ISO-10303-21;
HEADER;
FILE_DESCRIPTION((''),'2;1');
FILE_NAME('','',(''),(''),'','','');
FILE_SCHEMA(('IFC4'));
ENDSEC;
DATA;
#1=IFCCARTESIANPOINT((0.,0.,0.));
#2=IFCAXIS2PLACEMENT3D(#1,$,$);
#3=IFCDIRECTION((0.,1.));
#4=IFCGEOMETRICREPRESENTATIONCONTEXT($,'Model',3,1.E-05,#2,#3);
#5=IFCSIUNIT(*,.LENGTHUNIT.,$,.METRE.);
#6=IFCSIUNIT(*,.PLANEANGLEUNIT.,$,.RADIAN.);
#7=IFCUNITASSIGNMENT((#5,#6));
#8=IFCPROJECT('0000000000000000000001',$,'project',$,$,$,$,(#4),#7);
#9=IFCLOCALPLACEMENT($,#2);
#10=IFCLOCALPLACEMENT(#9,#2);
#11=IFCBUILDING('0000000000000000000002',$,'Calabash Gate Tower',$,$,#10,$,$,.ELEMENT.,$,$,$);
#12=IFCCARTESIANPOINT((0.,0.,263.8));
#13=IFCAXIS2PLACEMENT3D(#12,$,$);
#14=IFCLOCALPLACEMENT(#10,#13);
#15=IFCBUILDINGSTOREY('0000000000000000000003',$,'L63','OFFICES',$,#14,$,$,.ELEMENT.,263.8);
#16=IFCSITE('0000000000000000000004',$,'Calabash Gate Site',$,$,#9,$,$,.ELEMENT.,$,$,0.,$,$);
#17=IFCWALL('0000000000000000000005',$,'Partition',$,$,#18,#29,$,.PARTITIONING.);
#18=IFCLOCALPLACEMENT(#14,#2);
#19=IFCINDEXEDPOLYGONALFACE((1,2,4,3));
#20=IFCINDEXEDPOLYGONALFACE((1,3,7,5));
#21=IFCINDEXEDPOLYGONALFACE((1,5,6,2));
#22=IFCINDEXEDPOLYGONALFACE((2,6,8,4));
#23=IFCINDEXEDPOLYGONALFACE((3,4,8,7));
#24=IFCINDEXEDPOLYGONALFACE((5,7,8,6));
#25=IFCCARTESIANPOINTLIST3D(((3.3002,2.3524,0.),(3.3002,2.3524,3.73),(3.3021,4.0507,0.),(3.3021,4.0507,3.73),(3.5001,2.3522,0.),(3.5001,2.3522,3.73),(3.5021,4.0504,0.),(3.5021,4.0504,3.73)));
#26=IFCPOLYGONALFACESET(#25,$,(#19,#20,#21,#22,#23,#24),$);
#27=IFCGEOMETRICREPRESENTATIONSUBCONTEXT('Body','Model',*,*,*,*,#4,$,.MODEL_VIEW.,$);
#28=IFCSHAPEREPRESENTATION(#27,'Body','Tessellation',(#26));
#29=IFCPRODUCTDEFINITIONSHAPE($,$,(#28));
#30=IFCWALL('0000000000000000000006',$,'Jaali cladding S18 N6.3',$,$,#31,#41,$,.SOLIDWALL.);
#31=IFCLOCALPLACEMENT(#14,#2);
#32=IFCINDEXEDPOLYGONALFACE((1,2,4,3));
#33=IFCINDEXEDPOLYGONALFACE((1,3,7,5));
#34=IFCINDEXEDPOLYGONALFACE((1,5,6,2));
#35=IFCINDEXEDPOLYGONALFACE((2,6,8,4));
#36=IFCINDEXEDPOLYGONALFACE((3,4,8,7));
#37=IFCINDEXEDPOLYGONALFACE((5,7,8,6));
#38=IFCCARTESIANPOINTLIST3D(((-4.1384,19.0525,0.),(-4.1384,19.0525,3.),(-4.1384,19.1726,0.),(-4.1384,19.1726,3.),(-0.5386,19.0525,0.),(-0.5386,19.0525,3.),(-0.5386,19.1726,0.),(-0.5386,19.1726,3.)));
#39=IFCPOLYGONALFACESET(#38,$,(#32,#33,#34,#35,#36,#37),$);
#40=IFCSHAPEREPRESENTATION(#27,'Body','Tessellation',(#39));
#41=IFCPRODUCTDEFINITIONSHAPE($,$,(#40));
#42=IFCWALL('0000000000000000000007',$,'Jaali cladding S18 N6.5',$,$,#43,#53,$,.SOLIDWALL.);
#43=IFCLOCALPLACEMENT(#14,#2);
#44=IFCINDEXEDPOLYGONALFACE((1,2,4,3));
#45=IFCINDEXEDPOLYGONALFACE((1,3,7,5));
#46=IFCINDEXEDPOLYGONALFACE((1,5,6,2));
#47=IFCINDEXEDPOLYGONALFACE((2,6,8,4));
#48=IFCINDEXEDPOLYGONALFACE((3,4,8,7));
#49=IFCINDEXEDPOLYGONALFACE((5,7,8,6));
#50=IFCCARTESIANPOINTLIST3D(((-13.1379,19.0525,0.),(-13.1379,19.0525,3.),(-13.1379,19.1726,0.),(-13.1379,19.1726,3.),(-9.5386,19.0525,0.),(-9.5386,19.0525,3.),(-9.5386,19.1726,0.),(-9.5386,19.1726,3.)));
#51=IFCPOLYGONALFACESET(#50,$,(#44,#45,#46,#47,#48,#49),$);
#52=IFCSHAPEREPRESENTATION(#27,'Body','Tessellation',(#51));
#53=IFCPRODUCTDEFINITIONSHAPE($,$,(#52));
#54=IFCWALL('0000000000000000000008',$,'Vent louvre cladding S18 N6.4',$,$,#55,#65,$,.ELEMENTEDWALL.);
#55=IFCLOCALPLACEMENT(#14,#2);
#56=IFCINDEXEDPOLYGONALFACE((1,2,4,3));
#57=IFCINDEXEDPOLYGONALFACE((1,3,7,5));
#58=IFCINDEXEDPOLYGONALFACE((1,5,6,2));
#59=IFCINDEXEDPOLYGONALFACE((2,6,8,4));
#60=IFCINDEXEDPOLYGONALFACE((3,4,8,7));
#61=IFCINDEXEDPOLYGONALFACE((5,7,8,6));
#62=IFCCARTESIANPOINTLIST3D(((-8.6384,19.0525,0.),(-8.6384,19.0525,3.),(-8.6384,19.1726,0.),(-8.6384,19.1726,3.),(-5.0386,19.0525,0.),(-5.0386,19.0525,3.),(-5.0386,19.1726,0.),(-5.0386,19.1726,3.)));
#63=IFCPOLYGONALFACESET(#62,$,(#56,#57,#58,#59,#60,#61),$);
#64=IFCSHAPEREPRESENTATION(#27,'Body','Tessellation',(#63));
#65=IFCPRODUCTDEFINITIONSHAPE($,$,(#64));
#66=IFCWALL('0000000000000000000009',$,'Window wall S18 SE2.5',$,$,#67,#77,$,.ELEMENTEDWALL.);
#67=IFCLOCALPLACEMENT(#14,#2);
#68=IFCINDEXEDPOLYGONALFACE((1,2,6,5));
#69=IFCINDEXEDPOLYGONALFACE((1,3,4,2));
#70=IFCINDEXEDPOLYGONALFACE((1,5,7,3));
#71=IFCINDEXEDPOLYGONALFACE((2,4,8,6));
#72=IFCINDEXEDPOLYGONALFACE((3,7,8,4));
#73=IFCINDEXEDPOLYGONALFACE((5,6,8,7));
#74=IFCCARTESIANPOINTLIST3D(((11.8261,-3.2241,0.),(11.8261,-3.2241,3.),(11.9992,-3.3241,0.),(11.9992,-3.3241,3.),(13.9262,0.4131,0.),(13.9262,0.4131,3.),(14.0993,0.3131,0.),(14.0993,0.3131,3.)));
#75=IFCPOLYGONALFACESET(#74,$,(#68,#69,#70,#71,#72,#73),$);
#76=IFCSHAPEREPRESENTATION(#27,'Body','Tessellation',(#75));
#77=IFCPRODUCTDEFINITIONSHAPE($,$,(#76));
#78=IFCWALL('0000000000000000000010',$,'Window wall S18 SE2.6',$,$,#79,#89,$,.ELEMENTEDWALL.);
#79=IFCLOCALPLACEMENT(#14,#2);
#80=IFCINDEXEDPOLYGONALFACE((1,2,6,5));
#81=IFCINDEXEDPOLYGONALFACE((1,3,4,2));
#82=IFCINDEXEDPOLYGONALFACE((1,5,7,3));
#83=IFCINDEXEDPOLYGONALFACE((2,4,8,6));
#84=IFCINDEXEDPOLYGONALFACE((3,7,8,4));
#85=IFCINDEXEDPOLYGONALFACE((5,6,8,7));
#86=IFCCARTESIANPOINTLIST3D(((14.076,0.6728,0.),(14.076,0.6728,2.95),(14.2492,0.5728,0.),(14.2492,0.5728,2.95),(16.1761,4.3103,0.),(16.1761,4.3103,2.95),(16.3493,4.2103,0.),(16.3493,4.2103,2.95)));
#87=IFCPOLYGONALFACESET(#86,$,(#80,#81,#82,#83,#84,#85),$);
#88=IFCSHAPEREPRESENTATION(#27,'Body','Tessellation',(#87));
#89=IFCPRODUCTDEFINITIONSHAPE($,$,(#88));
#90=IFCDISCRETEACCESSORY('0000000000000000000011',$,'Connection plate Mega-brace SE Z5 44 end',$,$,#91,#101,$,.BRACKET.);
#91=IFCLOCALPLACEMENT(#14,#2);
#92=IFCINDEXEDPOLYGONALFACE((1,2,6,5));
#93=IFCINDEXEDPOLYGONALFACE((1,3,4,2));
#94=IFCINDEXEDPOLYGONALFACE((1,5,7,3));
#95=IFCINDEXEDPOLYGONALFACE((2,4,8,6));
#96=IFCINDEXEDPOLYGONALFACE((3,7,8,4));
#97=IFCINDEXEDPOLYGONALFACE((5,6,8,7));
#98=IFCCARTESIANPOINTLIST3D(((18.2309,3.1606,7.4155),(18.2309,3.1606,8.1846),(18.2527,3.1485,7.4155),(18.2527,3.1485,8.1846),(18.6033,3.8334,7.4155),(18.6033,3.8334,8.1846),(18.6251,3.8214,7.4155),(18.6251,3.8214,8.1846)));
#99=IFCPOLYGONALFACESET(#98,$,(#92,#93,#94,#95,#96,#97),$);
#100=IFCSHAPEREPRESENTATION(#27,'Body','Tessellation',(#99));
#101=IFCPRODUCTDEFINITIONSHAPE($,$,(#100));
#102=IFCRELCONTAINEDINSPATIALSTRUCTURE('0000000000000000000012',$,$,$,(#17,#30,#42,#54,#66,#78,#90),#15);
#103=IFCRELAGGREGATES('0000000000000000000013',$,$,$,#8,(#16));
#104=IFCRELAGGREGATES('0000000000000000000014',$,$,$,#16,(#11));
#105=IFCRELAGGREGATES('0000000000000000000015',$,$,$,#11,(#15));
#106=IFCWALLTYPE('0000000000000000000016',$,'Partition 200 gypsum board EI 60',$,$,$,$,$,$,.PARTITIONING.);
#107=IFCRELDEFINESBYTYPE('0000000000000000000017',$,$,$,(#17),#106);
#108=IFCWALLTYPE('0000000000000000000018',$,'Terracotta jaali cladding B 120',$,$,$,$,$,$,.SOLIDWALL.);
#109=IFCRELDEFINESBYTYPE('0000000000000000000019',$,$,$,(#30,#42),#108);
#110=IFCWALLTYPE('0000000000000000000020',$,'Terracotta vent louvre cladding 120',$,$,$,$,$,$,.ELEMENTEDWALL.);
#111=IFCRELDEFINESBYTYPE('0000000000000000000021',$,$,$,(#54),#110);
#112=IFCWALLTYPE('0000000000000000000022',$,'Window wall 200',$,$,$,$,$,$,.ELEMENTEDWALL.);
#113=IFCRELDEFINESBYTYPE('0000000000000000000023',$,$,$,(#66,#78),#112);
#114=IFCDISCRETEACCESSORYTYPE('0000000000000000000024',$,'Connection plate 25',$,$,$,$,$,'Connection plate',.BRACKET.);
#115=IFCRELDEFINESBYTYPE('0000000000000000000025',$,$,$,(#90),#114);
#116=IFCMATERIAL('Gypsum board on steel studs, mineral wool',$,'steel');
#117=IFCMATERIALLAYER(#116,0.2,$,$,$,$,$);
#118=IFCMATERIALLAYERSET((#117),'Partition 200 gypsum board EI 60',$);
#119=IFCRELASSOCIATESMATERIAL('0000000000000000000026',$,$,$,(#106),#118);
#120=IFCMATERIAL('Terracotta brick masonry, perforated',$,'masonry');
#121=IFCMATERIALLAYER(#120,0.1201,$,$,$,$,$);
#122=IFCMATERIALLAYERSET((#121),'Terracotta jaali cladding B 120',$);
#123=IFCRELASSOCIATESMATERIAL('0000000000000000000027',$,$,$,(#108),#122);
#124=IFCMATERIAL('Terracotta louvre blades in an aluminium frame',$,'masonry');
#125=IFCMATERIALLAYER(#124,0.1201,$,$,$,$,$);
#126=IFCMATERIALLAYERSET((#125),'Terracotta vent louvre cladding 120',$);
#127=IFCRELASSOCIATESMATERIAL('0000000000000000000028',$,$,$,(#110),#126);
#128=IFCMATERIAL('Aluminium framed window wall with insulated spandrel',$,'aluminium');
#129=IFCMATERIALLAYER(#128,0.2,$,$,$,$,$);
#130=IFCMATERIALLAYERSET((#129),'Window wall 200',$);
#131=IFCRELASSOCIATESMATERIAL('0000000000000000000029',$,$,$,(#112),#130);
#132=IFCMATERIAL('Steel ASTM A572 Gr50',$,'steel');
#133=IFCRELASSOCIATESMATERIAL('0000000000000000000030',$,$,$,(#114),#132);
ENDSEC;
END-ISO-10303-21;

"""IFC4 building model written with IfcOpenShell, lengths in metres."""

from ifc_helpers import new_model, si_unit, direction, frame, frame_2d, origin, origin_2d, place, context, subcontext, project, spatial, polyline, rectangle, outline, extrude, material, layer, layer_set, type_object, element, save


model = new_model("IFC4")

# Units and contexts
model_context = context("Model", 3, precision=1e-05, world=origin(), true_north=direction((0.0, 1.0)))
body_context = subcontext(model_context, "Body", "Model", "MODEL_VIEW")
ifc_project = project(units=[si_unit("LENGTHUNIT", "METRE"), si_unit("PLANEANGLEUNIT", "RADIAN")], contexts=[model_context])

# Site, building, storey
site_placement = place(None, origin())
site = spatial("IfcSite", under=ifc_project, at=site_placement, Name="Calabash Gate Site", CompositionType="ELEMENT", RefElevation=0.0)
building_placement = place(site_placement, origin())
building = spatial("IfcBuilding", under=site, at=building_placement, Name="Calabash Gate Tower", CompositionType="ELEMENT")
storey_placement = place(building_placement, frame((0.0, 0.0, 263.8)))
storey = spatial("IfcBuildingStorey", under=building, at=storey_placement, Name="L63", Description="OFFICES", CompositionType="ELEMENT", Elevation=263.8)

# Shared definitions
ifc_material_1 = material(Name="Gypsum board on steel studs, mineral wool", Category="steel")
ifc_layer_1 = layer(ifc_material_1, 0.2)
ifc_layer_set_1 = layer_set([ifc_layer_1], Name="Partition 200 gypsum board EI 60")
wall_type_1 = type_object("IfcWallType", Name="Partition 200 gypsum board EI 60", PredefinedType="PARTITIONING", material=ifc_layer_set_1)

# Walls
wall_1_placement = place(storey_placement, frame((3.4001, 2.3523, 0.0), z_axis=(0.0, 0.0, 1.0), x_axis=(0.00115, 0.999999, 0.0)))
element("IfcWall", 1, at=wall_1_placement, inside=storey, type_object=wall_type_1, Name="Partition", PredefinedType="PARTITIONING", context=body_context, shape_type="SweptSolid", body=[
    extrude(rectangle(XDim=1.6982, YDim=0.2, at=frame_2d((0.8491, 0.0))), origin(), (0.0, 0.0, 1.0), 3.73),
])
ifc_material_2 = material(Name="Terracotta brick masonry, perforated", Category="masonry")
ifc_layer_2 = layer(ifc_material_2, 0.1201)
ifc_layer_set_2 = layer_set([ifc_layer_2], Name="Terracotta jaali cladding B 120")
wall_type_2 = type_object("IfcWallType", Name="Terracotta jaali cladding B 120", PredefinedType="SOLIDWALL", material=ifc_layer_set_2)
wall_2_placement = place(storey_placement, origin())
element("IfcWall", 2, at=wall_2_placement, inside=storey, type_object=wall_type_2, Name="Jaali cladding S18 N6.3", PredefinedType="SOLIDWALL", context=body_context, shape_type="SweptSolid", body=[
    extrude(outline(polyline([(-4.1384, 19.1726), (-4.1384, 19.0525), (-0.5386, 19.0525), (-0.5386, 19.1726), (-4.1384, 19.1726)])), origin(), (0.0, 0.0, 1.0), 3.0),
])
wall_3_placement = place(storey_placement, origin())
element("IfcWall", 3, at=wall_3_placement, inside=storey, type_object=wall_type_2, Name="Jaali cladding S18 N6.5", PredefinedType="SOLIDWALL", context=body_context, shape_type="SweptSolid", body=[
    extrude(outline(polyline([(-13.1379, 19.1726), (-13.1379, 19.0525), (-9.5386, 19.0525), (-9.5386, 19.1726), (-13.1379, 19.1726)])), origin(), (0.0, 0.0, 1.0), 3.0),
])
ifc_material_3 = material(Name="Terracotta louvre blades in an aluminium frame", Category="masonry")
ifc_layer_3 = layer(ifc_material_3, 0.1201)
ifc_layer_set_3 = layer_set([ifc_layer_3], Name="Terracotta vent louvre cladding 120")
wall_type_3 = type_object("IfcWallType", Name="Terracotta vent louvre cladding 120", PredefinedType="ELEMENTEDWALL", material=ifc_layer_set_3)
wall_4_placement = place(storey_placement, origin())
element("IfcWall", 4, at=wall_4_placement, inside=storey, type_object=wall_type_3, Name="Vent louvre cladding S18 N6.4", PredefinedType="ELEMENTEDWALL", context=body_context, shape_type="SweptSolid", body=[
    extrude(outline(polyline([(-8.6384, 19.1726), (-8.6384, 19.0525), (-5.0386, 19.0525), (-5.0386, 19.1726), (-8.6384, 19.1726)])), origin(), (0.0, 0.0, 1.0), 3.0),
])
ifc_material_4 = material(Name="Aluminium framed window wall with insulated spandrel", Category="aluminium")
ifc_layer_4 = layer(ifc_material_4, 0.2)
ifc_layer_set_4 = layer_set([ifc_layer_4], Name="Window wall 200")
wall_type_4 = type_object("IfcWallType", Name="Window wall 200", PredefinedType="ELEMENTEDWALL", material=ifc_layer_set_4)
wall_5_placement = place(storey_placement, frame((11.9126, -3.2742, 0.0), z_axis=(0.0, 0.0, 1.0), x_axis=(0.500028, 0.866009, 0.0)))
element("IfcWall", 5, at=wall_5_placement, inside=storey, type_object=wall_type_4, Name="Window wall S18 SE2.5", PredefinedType="ELEMENTEDWALL", context=body_context, shape_type="SweptSolid", body=[
    extrude(rectangle(XDim=4.2, YDim=0.2, at=frame_2d((2.1001, 0.0))), origin(), (0.0, 0.0, 1.0), 3.0),
])
wall_6_placement = place(storey_placement, frame((14.1626, 0.6228, 0.0), z_axis=(0.0, 0.0, 1.0), x_axis=(0.500003, 0.866024, 0.0)))
element("IfcWall", 6, at=wall_6_placement, inside=storey, type_object=wall_type_4, Name="Window wall S18 SE2.6", PredefinedType="ELEMENTEDWALL", context=body_context, shape_type="SweptSolid", body=[
    extrude(rectangle(XDim=4.2002, YDim=0.2, at=frame_2d((2.1001, 0.0))), origin(), (0.0, 0.0, 1.0), 2.95),
])

# Discrete accessory
ifc_material_5 = material(Name="Steel ASTM A572 Gr50", Category="steel")
discrete_accessory_type = type_object("IfcDiscreteAccessoryType", Name="Connection plate 25", ElementType="Connection plate", PredefinedType="BRACKET", material=ifc_material_5)
discrete_accessory_placement = place(storey_placement, frame((18.428, 3.491, 7.4155), z_axis=(0.0, 0.0, 1.0), x_axis=(0.484226, 0.874943, 0.0)))
element("IfcDiscreteAccessory", 7, at=discrete_accessory_placement, inside=storey, type_object=discrete_accessory_type, Name="Connection plate Mega-brace SE Z5 44 end", PredefinedType="BRACKET", context=body_context, shape_type="SweptSolid", body=[
    extrude(rectangle(XDim=0.769, YDim=0.0249, at=origin_2d()), origin(), (0.0, 0.0, 1.0), 0.769),
])

save(model, "model.ifc")
